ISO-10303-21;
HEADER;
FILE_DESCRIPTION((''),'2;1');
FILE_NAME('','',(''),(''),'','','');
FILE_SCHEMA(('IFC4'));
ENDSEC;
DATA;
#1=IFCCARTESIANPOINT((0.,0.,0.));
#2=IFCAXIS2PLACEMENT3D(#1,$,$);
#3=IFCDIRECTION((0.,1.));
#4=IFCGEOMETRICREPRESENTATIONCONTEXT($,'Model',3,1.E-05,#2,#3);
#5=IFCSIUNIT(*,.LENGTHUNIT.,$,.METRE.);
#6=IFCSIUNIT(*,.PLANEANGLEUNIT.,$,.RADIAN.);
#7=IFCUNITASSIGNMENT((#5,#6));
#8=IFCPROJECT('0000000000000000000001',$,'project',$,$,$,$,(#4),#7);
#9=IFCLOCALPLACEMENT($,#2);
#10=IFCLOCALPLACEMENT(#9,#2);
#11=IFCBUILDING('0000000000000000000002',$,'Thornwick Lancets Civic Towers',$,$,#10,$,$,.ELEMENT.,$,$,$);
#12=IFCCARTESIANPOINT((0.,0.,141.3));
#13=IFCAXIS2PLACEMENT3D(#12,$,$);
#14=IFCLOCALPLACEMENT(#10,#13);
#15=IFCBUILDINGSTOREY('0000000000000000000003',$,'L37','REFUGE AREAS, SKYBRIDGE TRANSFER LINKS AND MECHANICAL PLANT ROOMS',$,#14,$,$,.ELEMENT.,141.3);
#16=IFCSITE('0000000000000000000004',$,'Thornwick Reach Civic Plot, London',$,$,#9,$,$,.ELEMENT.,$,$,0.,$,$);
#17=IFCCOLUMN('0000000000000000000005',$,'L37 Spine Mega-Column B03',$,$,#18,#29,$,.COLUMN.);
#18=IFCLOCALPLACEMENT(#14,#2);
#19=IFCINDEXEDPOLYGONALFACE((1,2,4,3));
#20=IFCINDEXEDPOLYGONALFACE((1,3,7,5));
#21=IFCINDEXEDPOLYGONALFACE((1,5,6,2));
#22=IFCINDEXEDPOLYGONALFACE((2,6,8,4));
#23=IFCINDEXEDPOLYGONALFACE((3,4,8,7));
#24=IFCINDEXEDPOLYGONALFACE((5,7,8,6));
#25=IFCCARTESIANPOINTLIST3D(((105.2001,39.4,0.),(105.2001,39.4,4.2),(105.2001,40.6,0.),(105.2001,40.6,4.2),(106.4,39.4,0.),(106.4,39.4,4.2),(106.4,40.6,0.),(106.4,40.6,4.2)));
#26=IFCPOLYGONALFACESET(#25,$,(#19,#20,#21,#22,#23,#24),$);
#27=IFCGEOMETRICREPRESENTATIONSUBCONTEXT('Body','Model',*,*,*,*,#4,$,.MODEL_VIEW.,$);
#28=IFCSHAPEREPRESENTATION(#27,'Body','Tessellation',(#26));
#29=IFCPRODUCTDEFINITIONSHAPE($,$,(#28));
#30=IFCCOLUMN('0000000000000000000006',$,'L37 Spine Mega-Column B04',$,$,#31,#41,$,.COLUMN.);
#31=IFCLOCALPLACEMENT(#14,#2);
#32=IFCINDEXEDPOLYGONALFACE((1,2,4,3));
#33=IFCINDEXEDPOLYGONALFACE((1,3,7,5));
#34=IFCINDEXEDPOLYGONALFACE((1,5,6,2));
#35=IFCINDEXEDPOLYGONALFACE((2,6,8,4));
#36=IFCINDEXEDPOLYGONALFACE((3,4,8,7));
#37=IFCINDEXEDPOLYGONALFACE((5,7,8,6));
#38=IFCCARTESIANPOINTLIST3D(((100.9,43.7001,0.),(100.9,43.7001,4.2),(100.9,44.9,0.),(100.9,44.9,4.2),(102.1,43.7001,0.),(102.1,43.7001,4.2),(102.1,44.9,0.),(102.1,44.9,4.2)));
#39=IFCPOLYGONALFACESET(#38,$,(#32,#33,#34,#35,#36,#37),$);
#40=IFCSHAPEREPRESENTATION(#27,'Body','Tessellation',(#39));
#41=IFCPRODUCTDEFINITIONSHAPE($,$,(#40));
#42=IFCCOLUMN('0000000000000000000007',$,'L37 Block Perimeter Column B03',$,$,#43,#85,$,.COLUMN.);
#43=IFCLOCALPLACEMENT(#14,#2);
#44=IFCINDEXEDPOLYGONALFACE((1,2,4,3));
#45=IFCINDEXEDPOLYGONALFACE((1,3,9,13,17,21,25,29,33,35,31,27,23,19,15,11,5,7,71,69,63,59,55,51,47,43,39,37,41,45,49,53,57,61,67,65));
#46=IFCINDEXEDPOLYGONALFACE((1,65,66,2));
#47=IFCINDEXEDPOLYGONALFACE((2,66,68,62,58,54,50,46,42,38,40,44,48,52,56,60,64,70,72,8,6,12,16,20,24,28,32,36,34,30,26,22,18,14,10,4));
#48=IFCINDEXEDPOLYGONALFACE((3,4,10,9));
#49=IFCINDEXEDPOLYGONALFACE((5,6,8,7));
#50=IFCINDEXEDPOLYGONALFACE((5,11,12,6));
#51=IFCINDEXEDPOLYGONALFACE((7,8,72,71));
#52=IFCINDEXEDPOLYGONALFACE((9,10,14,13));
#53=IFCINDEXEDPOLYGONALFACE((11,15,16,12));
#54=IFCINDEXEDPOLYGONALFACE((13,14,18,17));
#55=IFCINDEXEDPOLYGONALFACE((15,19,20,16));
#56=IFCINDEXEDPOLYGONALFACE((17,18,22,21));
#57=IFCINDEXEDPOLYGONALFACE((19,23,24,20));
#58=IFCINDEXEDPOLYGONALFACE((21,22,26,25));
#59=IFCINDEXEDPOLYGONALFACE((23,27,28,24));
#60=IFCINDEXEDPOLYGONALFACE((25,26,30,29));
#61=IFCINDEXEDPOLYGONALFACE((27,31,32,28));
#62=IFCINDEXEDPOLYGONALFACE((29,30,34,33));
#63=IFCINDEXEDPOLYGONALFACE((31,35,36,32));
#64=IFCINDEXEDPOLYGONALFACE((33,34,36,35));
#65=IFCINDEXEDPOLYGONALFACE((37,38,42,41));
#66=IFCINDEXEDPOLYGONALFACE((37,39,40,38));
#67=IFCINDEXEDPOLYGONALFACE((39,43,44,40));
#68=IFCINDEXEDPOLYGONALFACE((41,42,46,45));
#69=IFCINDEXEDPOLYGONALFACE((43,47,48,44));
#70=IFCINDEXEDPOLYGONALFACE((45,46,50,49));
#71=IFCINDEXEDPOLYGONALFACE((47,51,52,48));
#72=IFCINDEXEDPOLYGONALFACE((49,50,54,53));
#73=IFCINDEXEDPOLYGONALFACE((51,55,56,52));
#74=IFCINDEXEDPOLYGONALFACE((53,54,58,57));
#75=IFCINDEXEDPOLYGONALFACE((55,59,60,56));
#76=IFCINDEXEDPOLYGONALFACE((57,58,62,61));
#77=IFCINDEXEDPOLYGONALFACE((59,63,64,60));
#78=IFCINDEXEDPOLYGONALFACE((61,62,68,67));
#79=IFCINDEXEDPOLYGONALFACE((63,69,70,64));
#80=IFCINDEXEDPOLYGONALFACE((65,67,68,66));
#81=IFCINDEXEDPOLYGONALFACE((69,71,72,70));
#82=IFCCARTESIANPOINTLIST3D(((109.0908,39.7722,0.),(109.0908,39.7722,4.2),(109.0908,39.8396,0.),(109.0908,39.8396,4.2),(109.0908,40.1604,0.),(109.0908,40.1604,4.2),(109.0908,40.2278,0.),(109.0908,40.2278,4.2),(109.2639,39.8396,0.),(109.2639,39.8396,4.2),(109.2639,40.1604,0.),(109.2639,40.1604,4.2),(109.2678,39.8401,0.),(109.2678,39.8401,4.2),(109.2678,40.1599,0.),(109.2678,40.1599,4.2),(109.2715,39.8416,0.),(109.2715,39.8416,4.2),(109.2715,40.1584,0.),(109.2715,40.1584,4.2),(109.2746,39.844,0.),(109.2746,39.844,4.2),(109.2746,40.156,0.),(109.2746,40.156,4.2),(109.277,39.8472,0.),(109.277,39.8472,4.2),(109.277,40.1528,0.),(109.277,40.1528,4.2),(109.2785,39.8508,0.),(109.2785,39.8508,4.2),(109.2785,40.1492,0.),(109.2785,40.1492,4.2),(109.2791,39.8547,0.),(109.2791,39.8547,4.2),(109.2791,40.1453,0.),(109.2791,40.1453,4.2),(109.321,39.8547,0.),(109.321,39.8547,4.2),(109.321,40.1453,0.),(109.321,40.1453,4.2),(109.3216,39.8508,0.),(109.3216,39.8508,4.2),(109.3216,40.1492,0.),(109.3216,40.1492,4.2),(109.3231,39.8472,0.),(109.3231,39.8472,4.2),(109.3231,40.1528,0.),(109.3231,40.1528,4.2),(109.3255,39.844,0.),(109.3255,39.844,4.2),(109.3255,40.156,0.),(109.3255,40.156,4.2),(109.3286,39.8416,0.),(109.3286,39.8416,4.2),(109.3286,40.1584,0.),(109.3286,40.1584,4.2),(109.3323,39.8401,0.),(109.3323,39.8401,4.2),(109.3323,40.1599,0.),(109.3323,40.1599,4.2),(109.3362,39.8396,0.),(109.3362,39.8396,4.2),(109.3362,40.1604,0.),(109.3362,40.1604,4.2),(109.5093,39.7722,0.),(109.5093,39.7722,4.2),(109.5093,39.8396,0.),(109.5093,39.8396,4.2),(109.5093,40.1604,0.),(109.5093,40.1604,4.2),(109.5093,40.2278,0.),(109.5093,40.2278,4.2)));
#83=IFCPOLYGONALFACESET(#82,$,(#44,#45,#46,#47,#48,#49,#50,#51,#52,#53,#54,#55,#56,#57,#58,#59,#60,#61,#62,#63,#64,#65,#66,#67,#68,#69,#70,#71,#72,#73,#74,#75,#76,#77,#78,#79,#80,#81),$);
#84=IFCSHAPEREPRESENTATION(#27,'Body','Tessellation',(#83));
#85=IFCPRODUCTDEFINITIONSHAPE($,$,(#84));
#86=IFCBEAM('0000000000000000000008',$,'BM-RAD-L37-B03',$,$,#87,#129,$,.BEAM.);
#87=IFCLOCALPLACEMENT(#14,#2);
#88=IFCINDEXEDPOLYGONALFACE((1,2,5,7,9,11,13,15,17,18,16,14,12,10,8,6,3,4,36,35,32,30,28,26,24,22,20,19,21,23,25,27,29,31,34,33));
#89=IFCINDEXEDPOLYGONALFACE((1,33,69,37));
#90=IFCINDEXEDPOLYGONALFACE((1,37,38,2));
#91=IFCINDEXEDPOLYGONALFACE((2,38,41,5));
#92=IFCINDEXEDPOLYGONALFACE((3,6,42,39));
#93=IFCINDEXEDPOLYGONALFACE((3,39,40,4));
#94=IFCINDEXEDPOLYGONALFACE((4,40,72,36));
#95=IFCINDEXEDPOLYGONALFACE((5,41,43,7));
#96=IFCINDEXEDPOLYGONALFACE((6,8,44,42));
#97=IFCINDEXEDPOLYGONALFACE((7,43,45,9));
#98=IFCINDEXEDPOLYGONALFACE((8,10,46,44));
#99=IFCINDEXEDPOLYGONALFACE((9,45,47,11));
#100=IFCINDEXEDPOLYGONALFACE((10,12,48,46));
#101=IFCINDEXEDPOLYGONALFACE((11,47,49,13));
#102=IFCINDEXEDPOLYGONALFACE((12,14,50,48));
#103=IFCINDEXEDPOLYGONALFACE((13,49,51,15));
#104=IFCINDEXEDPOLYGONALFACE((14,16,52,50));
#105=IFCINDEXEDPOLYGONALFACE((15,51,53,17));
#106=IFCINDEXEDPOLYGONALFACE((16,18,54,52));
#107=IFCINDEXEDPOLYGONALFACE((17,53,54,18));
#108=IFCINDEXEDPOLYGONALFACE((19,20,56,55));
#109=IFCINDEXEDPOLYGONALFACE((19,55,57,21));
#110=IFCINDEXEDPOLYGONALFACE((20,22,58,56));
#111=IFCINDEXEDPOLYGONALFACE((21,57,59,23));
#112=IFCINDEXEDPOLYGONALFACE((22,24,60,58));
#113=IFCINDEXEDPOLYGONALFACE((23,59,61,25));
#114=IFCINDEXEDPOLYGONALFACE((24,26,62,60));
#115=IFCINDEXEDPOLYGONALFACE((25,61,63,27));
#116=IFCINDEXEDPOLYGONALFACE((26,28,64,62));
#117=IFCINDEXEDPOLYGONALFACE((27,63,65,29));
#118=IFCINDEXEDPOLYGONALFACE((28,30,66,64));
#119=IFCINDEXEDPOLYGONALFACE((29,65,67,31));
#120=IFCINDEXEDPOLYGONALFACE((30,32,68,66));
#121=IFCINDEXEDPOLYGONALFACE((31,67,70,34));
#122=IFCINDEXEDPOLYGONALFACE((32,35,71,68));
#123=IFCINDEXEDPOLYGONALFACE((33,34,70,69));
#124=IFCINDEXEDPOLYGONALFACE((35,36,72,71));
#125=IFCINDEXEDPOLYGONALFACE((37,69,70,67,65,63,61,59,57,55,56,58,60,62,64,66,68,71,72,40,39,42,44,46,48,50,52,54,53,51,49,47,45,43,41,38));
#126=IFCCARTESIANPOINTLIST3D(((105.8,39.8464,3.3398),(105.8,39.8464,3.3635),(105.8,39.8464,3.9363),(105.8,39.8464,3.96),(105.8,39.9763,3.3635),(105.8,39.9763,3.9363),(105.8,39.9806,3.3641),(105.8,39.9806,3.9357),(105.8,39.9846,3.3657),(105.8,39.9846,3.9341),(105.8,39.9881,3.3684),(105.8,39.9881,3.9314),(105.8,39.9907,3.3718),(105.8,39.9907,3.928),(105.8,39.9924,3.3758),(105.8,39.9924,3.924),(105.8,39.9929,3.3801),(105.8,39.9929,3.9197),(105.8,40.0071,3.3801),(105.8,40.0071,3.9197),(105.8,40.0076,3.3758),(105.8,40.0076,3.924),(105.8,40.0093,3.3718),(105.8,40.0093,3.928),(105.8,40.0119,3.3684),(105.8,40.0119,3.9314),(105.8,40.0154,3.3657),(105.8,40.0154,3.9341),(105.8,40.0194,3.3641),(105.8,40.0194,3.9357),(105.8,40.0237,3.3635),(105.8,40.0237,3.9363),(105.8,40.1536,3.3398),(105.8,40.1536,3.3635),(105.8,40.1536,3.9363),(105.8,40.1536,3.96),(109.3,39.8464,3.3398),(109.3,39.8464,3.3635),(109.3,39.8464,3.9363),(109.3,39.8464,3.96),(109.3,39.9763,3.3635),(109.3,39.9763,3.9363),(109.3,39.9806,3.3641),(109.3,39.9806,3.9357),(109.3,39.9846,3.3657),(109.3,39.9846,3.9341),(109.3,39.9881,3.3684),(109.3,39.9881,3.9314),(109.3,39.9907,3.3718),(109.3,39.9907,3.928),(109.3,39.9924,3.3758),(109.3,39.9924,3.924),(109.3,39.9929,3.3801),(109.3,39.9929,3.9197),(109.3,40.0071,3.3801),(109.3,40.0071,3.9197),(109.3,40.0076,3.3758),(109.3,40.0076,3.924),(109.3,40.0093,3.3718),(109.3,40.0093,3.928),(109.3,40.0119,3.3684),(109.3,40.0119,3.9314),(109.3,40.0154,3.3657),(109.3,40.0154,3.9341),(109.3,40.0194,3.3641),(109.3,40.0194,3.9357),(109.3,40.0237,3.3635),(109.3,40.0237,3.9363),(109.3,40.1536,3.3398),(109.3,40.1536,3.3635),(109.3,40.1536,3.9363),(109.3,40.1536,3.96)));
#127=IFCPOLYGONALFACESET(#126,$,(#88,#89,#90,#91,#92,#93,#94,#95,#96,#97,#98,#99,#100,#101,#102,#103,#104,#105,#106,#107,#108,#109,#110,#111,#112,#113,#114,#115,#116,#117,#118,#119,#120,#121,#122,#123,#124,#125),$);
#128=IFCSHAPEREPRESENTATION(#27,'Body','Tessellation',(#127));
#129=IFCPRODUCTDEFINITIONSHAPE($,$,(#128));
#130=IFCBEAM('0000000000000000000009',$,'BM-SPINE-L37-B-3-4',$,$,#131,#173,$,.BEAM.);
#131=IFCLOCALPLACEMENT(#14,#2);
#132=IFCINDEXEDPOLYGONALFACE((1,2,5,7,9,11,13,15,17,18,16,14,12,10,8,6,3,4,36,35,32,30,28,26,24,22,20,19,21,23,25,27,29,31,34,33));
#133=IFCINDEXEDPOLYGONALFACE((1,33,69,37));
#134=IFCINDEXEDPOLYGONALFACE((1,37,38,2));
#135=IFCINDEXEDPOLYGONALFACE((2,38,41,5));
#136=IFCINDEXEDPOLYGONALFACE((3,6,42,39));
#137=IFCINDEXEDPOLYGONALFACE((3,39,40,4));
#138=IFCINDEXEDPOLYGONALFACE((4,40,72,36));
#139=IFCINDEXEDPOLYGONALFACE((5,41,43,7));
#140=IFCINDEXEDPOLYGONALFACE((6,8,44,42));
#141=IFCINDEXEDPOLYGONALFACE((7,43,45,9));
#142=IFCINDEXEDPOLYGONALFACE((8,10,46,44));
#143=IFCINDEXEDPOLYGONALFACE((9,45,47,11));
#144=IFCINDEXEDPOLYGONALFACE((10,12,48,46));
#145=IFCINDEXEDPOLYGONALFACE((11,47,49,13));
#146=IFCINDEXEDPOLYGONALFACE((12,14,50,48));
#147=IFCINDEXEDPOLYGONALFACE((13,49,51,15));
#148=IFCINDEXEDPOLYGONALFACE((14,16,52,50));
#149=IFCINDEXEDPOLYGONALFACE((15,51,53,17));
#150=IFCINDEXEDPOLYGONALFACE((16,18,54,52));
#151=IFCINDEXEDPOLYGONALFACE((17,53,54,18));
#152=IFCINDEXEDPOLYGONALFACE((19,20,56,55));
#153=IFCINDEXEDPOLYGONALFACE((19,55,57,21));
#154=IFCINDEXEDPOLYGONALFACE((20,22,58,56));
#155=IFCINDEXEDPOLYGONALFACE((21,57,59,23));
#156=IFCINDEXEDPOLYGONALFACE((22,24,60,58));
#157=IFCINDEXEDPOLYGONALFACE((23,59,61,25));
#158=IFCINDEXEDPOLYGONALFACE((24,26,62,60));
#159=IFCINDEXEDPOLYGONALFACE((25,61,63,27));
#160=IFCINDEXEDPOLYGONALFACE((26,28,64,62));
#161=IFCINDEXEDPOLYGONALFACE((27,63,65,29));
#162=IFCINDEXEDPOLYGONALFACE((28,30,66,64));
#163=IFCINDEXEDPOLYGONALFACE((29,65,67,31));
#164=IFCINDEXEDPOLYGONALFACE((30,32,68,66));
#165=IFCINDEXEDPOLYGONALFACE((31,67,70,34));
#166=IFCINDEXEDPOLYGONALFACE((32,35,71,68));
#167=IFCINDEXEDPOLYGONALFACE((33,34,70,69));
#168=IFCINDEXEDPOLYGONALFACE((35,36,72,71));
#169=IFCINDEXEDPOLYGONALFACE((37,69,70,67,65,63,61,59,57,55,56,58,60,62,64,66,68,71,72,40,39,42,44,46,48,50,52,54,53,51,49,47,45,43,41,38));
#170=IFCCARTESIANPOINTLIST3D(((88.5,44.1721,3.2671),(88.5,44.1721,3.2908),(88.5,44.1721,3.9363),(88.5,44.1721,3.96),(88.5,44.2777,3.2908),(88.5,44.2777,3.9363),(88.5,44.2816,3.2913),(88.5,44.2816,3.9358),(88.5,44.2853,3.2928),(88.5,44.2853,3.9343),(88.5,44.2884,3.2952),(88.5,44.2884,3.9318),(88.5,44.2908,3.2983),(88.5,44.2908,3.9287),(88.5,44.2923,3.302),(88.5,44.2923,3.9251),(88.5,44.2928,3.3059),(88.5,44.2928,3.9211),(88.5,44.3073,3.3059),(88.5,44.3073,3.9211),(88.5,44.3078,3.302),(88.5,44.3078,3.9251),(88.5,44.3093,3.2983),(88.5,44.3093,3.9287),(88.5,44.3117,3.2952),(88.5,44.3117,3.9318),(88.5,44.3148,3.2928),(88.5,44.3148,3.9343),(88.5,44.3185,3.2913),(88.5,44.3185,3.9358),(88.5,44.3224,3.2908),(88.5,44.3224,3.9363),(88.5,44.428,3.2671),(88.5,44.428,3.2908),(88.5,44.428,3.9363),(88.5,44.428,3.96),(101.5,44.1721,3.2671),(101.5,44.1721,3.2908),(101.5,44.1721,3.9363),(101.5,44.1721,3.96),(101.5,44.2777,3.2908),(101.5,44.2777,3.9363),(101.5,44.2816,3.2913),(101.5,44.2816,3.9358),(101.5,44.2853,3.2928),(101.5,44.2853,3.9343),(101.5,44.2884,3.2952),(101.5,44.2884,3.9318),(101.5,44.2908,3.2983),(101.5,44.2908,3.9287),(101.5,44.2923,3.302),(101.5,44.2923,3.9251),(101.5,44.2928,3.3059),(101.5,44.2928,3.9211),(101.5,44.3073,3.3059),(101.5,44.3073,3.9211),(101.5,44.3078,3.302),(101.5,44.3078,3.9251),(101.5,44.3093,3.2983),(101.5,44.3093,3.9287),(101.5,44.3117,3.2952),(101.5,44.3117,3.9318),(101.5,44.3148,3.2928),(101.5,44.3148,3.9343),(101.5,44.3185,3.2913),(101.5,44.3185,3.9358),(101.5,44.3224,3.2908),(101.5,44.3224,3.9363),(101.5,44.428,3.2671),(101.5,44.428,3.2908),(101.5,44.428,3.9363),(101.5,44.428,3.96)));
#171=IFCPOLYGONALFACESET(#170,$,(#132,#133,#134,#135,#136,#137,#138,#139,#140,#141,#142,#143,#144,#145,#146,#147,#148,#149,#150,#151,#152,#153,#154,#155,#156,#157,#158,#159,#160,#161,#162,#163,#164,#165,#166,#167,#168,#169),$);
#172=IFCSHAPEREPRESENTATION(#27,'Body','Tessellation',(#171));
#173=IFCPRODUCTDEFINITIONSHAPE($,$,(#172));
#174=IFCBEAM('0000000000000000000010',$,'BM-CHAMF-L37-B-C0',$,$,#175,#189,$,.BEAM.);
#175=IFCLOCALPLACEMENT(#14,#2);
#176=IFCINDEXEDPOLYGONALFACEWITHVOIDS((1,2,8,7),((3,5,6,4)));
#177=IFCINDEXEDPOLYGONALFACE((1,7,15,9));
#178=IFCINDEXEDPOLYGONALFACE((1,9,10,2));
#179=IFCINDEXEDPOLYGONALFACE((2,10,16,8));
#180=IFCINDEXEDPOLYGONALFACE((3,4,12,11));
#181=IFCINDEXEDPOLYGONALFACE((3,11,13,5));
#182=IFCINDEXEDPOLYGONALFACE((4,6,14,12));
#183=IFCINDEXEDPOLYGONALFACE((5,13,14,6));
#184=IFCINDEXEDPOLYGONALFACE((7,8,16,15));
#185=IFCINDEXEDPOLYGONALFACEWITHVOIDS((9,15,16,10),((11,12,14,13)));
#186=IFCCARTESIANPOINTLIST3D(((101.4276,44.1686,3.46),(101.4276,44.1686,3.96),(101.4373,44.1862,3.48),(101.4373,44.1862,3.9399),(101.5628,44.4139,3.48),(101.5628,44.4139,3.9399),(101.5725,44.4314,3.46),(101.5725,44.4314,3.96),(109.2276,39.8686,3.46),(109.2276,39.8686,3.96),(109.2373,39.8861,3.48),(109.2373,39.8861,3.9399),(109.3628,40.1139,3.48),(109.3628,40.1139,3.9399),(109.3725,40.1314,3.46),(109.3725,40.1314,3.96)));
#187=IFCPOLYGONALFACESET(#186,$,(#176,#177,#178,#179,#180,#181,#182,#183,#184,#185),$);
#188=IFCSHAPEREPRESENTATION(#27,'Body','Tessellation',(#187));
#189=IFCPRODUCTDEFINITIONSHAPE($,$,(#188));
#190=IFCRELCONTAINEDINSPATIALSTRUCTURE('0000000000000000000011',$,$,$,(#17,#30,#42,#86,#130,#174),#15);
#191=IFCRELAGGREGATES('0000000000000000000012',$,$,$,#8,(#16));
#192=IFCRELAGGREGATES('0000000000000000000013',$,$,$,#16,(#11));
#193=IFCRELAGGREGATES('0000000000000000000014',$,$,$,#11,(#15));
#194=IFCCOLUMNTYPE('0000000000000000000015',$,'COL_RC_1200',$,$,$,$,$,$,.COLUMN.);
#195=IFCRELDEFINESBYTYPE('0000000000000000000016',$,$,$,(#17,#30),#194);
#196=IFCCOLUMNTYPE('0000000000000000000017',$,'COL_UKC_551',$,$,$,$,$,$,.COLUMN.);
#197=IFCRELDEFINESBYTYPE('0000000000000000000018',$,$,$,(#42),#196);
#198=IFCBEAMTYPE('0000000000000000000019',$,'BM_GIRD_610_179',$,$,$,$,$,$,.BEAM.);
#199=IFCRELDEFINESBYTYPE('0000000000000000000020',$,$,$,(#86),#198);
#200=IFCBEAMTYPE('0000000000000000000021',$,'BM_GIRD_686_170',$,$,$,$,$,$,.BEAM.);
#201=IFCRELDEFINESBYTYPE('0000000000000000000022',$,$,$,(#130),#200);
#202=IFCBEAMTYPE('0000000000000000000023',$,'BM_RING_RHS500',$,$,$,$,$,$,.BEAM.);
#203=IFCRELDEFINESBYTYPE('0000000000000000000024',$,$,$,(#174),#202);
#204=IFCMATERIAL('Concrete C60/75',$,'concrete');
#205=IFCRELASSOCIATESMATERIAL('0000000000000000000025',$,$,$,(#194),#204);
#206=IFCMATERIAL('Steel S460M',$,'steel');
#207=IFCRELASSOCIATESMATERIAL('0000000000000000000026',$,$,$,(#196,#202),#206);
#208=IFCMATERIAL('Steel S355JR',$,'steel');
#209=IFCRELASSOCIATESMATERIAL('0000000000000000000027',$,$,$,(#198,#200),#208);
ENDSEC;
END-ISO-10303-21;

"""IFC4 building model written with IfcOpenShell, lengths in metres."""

from ifc_helpers import new_model, si_unit, direction, frame, origin, origin_2d, place, context, subcontext, project, spatial, rectangle, hollow_rectangle, i_section, extrude, material, material_profile, profile_set, type_object, element, save


model = new_model("IFC4")

# Units and contexts
model_context = context("Model", 3, precision=1e-05, world=origin(), true_north=direction((0.0, 1.0)))
body_context = subcontext(model_context, "Body", "Model", "MODEL_VIEW")
ifc_project = project(units=[si_unit("LENGTHUNIT", "METRE"), si_unit("PLANEANGLEUNIT", "RADIAN")], contexts=[model_context])

# Site, building, storey
site_placement = place(None, origin())
site = spatial("IfcSite", under=ifc_project, at=site_placement, Name="Thornwick Reach Civic Plot, London", CompositionType="ELEMENT", RefElevation=0.0)
building_placement = place(site_placement, origin())
building = spatial("IfcBuilding", under=site, at=building_placement, Name="Thornwick Lancets Civic Towers", CompositionType="ELEMENT")
storey_placement = place(building_placement, frame((0.0, 0.0, 141.3)))
storey = spatial("IfcBuildingStorey", under=building, at=storey_placement, Name="L37", Description="REFUGE AREAS, SKYBRIDGE TRANSFER LINKS AND MECHANICAL PLANT ROOMS", CompositionType="ELEMENT", Elevation=141.3)

# Columns
ifc_material_1 = material(Name="Concrete C60/75", Category="concrete")
ifc_material_profile_1 = material_profile(ifc_material_1, rectangle(XDim=1.2, YDim=1.2, at=origin_2d()), Name="RC 1200x1200")
ifc_profile_set_1 = profile_set([ifc_material_profile_1], Name="Concrete C60/75")
column_type_1 = type_object("IfcColumnType", Name="COL_RC_1200", PredefinedType="COLUMN", material=ifc_profile_set_1)
for number, where, z_axis, x_axis, name in (
    (1, (105.8, 40.0, 0.0), (0.0, 0.0, 1.0), (1.0, 0.0, 0.0), "L37 Spine Mega-Column B03"),
    (2, (101.5, 44.3, 0.0), (0.0, 0.0, 1.0), (1.0, 0.0, 0.0), "L37 Spine Mega-Column B04"),
):
    element("IfcColumn", number, at=place(storey_placement, frame(where, z_axis=z_axis, x_axis=x_axis)), inside=storey, type_object=column_type_1, Name=name, PredefinedType="COLUMN", context=body_context, shape_type="SweptSolid", body=[
        extrude(rectangle(XDim=1.2, YDim=1.2, at=origin_2d()), origin(), (0.0, 0.0, 1.0), 4.2),
    ])
ifc_material_2 = material(Name="Steel S460M", Category="steel")
ifc_material_profile_2 = material_profile(ifc_material_2, i_section(OverallWidth=0.4185, OverallDepth=0.4556, WebThickness=0.042, FlangeThickness=0.0674, FilletRadius=0.0151, at=origin_2d()), Name="UKC 356x406x551")
ifc_profile_set_2 = profile_set([ifc_material_profile_2], Name="Steel S460M")
column_type_2 = type_object("IfcColumnType", Name="COL_UKC_551", PredefinedType="COLUMN", material=ifc_profile_set_2)
column_placement = place(storey_placement, frame((109.3, 40.0, 0.0), z_axis=(0.0, 0.0, 1.0), x_axis=(1.0, 0.0, 0.0)))
element("IfcColumn", 3, at=column_placement, inside=storey, type_object=column_type_2, Name="L37 Block Perimeter Column B03", PredefinedType="COLUMN", context=body_context, shape_type="SweptSolid", body=[
    extrude(i_section(OverallWidth=0.4185, OverallDepth=0.4556, WebThickness=0.042, FlangeThickness=0.0674, FilletRadius=0.0151, at=origin_2d()), origin(), (0.0, 0.0, 1.0), 4.2),
])

# Beams
ifc_material_3 = material(Name="Steel S355JR", Category="steel")
ifc_material_profile_3 = material_profile(ifc_material_3, i_section(OverallWidth=0.3071, OverallDepth=0.6201, WebThickness=0.0142, FlangeThickness=0.0237, FilletRadius=0.0166, at=origin_2d()), Name="UKB 610x305x179")
ifc_profile_set_3 = profile_set([ifc_material_profile_3], Name="Steel S355JR")
beam_type_1 = type_object("IfcBeamType", Name="BM_GIRD_610_179", PredefinedType="BEAM", material=ifc_profile_set_3)
beam_1_placement = place(storey_placement, frame((105.8, 40.0, 3.6499), z_axis=(1.0, 0.0, 0.0), x_axis=(0.0, 1.0, 0.0)))
element("IfcBeam", 4, at=beam_1_placement, inside=storey, type_object=beam_type_1, Name="BM-RAD-L37-B03", PredefinedType="BEAM", context=body_context, shape_type="SweptSolid", body=[
    extrude(i_section(OverallWidth=0.3071, OverallDepth=0.6201, WebThickness=0.0142, FlangeThickness=0.0237, FilletRadius=0.0166, at=origin_2d()), origin(), (0.0, 0.0, 1.0), 3.5),
])
ifc_material_profile_4 = material_profile(ifc_material_3, i_section(OverallWidth=0.2559, OverallDepth=0.6929, WebThickness=0.0144, FlangeThickness=0.0237, FilletRadius=0.0151, at=origin_2d()), Name="UKB 686x254x170")
ifc_profile_set_4 = profile_set([ifc_material_profile_4], Name="Steel S355JR")
beam_type_2 = type_object("IfcBeamType", Name="BM_GIRD_686_170", PredefinedType="BEAM", material=ifc_profile_set_4)
beam_2_placement = place(storey_placement, frame((101.5, 44.3, 3.6135), z_axis=(-1.0, 0.0, 0.0), x_axis=(0.0, -1.0, 0.0)))
element("IfcBeam", 5, at=beam_2_placement, inside=storey, type_object=beam_type_2, Name="BM-SPINE-L37-B-3-4", PredefinedType="BEAM", context=body_context, shape_type="SweptSolid", body=[
    extrude(i_section(OverallWidth=0.2559, OverallDepth=0.6929, WebThickness=0.0144, FlangeThickness=0.0237, FilletRadius=0.0151, at=origin_2d()), origin(), (0.0, 0.0, 1.0), 13.0),
])
ifc_material_profile_5 = material_profile(ifc_material_2, hollow_rectangle(XDim=0.3, YDim=0.5, WallThickness=0.02, at=origin_2d()), Name="RHS 500x300x20")
ifc_profile_set_5 = profile_set([ifc_material_profile_5], Name="Steel S460M")
beam_type_3 = type_object("IfcBeamType", Name="BM_RING_RHS500", PredefinedType="BEAM", material=ifc_profile_set_5)
beam_3_placement = place(storey_placement, frame((109.3, 40.0, 3.71), z_axis=(-0.87574, 0.482782, 0.0), x_axis=(-0.482782, -0.87574, 0.0)))
element("IfcBeam", 6, at=beam_3_placement, inside=storey, type_object=beam_type_3, Name="BM-CHAMF-L37-B-C0", PredefinedType="BEAM", context=body_context, shape_type="SweptSolid", body=[
    extrude(hollow_rectangle(XDim=0.3, YDim=0.5, WallThickness=0.02, at=origin_2d()), origin(), (0.0, 0.0, 1.0), 8.9067),
])

save(model, "model.ifc")
